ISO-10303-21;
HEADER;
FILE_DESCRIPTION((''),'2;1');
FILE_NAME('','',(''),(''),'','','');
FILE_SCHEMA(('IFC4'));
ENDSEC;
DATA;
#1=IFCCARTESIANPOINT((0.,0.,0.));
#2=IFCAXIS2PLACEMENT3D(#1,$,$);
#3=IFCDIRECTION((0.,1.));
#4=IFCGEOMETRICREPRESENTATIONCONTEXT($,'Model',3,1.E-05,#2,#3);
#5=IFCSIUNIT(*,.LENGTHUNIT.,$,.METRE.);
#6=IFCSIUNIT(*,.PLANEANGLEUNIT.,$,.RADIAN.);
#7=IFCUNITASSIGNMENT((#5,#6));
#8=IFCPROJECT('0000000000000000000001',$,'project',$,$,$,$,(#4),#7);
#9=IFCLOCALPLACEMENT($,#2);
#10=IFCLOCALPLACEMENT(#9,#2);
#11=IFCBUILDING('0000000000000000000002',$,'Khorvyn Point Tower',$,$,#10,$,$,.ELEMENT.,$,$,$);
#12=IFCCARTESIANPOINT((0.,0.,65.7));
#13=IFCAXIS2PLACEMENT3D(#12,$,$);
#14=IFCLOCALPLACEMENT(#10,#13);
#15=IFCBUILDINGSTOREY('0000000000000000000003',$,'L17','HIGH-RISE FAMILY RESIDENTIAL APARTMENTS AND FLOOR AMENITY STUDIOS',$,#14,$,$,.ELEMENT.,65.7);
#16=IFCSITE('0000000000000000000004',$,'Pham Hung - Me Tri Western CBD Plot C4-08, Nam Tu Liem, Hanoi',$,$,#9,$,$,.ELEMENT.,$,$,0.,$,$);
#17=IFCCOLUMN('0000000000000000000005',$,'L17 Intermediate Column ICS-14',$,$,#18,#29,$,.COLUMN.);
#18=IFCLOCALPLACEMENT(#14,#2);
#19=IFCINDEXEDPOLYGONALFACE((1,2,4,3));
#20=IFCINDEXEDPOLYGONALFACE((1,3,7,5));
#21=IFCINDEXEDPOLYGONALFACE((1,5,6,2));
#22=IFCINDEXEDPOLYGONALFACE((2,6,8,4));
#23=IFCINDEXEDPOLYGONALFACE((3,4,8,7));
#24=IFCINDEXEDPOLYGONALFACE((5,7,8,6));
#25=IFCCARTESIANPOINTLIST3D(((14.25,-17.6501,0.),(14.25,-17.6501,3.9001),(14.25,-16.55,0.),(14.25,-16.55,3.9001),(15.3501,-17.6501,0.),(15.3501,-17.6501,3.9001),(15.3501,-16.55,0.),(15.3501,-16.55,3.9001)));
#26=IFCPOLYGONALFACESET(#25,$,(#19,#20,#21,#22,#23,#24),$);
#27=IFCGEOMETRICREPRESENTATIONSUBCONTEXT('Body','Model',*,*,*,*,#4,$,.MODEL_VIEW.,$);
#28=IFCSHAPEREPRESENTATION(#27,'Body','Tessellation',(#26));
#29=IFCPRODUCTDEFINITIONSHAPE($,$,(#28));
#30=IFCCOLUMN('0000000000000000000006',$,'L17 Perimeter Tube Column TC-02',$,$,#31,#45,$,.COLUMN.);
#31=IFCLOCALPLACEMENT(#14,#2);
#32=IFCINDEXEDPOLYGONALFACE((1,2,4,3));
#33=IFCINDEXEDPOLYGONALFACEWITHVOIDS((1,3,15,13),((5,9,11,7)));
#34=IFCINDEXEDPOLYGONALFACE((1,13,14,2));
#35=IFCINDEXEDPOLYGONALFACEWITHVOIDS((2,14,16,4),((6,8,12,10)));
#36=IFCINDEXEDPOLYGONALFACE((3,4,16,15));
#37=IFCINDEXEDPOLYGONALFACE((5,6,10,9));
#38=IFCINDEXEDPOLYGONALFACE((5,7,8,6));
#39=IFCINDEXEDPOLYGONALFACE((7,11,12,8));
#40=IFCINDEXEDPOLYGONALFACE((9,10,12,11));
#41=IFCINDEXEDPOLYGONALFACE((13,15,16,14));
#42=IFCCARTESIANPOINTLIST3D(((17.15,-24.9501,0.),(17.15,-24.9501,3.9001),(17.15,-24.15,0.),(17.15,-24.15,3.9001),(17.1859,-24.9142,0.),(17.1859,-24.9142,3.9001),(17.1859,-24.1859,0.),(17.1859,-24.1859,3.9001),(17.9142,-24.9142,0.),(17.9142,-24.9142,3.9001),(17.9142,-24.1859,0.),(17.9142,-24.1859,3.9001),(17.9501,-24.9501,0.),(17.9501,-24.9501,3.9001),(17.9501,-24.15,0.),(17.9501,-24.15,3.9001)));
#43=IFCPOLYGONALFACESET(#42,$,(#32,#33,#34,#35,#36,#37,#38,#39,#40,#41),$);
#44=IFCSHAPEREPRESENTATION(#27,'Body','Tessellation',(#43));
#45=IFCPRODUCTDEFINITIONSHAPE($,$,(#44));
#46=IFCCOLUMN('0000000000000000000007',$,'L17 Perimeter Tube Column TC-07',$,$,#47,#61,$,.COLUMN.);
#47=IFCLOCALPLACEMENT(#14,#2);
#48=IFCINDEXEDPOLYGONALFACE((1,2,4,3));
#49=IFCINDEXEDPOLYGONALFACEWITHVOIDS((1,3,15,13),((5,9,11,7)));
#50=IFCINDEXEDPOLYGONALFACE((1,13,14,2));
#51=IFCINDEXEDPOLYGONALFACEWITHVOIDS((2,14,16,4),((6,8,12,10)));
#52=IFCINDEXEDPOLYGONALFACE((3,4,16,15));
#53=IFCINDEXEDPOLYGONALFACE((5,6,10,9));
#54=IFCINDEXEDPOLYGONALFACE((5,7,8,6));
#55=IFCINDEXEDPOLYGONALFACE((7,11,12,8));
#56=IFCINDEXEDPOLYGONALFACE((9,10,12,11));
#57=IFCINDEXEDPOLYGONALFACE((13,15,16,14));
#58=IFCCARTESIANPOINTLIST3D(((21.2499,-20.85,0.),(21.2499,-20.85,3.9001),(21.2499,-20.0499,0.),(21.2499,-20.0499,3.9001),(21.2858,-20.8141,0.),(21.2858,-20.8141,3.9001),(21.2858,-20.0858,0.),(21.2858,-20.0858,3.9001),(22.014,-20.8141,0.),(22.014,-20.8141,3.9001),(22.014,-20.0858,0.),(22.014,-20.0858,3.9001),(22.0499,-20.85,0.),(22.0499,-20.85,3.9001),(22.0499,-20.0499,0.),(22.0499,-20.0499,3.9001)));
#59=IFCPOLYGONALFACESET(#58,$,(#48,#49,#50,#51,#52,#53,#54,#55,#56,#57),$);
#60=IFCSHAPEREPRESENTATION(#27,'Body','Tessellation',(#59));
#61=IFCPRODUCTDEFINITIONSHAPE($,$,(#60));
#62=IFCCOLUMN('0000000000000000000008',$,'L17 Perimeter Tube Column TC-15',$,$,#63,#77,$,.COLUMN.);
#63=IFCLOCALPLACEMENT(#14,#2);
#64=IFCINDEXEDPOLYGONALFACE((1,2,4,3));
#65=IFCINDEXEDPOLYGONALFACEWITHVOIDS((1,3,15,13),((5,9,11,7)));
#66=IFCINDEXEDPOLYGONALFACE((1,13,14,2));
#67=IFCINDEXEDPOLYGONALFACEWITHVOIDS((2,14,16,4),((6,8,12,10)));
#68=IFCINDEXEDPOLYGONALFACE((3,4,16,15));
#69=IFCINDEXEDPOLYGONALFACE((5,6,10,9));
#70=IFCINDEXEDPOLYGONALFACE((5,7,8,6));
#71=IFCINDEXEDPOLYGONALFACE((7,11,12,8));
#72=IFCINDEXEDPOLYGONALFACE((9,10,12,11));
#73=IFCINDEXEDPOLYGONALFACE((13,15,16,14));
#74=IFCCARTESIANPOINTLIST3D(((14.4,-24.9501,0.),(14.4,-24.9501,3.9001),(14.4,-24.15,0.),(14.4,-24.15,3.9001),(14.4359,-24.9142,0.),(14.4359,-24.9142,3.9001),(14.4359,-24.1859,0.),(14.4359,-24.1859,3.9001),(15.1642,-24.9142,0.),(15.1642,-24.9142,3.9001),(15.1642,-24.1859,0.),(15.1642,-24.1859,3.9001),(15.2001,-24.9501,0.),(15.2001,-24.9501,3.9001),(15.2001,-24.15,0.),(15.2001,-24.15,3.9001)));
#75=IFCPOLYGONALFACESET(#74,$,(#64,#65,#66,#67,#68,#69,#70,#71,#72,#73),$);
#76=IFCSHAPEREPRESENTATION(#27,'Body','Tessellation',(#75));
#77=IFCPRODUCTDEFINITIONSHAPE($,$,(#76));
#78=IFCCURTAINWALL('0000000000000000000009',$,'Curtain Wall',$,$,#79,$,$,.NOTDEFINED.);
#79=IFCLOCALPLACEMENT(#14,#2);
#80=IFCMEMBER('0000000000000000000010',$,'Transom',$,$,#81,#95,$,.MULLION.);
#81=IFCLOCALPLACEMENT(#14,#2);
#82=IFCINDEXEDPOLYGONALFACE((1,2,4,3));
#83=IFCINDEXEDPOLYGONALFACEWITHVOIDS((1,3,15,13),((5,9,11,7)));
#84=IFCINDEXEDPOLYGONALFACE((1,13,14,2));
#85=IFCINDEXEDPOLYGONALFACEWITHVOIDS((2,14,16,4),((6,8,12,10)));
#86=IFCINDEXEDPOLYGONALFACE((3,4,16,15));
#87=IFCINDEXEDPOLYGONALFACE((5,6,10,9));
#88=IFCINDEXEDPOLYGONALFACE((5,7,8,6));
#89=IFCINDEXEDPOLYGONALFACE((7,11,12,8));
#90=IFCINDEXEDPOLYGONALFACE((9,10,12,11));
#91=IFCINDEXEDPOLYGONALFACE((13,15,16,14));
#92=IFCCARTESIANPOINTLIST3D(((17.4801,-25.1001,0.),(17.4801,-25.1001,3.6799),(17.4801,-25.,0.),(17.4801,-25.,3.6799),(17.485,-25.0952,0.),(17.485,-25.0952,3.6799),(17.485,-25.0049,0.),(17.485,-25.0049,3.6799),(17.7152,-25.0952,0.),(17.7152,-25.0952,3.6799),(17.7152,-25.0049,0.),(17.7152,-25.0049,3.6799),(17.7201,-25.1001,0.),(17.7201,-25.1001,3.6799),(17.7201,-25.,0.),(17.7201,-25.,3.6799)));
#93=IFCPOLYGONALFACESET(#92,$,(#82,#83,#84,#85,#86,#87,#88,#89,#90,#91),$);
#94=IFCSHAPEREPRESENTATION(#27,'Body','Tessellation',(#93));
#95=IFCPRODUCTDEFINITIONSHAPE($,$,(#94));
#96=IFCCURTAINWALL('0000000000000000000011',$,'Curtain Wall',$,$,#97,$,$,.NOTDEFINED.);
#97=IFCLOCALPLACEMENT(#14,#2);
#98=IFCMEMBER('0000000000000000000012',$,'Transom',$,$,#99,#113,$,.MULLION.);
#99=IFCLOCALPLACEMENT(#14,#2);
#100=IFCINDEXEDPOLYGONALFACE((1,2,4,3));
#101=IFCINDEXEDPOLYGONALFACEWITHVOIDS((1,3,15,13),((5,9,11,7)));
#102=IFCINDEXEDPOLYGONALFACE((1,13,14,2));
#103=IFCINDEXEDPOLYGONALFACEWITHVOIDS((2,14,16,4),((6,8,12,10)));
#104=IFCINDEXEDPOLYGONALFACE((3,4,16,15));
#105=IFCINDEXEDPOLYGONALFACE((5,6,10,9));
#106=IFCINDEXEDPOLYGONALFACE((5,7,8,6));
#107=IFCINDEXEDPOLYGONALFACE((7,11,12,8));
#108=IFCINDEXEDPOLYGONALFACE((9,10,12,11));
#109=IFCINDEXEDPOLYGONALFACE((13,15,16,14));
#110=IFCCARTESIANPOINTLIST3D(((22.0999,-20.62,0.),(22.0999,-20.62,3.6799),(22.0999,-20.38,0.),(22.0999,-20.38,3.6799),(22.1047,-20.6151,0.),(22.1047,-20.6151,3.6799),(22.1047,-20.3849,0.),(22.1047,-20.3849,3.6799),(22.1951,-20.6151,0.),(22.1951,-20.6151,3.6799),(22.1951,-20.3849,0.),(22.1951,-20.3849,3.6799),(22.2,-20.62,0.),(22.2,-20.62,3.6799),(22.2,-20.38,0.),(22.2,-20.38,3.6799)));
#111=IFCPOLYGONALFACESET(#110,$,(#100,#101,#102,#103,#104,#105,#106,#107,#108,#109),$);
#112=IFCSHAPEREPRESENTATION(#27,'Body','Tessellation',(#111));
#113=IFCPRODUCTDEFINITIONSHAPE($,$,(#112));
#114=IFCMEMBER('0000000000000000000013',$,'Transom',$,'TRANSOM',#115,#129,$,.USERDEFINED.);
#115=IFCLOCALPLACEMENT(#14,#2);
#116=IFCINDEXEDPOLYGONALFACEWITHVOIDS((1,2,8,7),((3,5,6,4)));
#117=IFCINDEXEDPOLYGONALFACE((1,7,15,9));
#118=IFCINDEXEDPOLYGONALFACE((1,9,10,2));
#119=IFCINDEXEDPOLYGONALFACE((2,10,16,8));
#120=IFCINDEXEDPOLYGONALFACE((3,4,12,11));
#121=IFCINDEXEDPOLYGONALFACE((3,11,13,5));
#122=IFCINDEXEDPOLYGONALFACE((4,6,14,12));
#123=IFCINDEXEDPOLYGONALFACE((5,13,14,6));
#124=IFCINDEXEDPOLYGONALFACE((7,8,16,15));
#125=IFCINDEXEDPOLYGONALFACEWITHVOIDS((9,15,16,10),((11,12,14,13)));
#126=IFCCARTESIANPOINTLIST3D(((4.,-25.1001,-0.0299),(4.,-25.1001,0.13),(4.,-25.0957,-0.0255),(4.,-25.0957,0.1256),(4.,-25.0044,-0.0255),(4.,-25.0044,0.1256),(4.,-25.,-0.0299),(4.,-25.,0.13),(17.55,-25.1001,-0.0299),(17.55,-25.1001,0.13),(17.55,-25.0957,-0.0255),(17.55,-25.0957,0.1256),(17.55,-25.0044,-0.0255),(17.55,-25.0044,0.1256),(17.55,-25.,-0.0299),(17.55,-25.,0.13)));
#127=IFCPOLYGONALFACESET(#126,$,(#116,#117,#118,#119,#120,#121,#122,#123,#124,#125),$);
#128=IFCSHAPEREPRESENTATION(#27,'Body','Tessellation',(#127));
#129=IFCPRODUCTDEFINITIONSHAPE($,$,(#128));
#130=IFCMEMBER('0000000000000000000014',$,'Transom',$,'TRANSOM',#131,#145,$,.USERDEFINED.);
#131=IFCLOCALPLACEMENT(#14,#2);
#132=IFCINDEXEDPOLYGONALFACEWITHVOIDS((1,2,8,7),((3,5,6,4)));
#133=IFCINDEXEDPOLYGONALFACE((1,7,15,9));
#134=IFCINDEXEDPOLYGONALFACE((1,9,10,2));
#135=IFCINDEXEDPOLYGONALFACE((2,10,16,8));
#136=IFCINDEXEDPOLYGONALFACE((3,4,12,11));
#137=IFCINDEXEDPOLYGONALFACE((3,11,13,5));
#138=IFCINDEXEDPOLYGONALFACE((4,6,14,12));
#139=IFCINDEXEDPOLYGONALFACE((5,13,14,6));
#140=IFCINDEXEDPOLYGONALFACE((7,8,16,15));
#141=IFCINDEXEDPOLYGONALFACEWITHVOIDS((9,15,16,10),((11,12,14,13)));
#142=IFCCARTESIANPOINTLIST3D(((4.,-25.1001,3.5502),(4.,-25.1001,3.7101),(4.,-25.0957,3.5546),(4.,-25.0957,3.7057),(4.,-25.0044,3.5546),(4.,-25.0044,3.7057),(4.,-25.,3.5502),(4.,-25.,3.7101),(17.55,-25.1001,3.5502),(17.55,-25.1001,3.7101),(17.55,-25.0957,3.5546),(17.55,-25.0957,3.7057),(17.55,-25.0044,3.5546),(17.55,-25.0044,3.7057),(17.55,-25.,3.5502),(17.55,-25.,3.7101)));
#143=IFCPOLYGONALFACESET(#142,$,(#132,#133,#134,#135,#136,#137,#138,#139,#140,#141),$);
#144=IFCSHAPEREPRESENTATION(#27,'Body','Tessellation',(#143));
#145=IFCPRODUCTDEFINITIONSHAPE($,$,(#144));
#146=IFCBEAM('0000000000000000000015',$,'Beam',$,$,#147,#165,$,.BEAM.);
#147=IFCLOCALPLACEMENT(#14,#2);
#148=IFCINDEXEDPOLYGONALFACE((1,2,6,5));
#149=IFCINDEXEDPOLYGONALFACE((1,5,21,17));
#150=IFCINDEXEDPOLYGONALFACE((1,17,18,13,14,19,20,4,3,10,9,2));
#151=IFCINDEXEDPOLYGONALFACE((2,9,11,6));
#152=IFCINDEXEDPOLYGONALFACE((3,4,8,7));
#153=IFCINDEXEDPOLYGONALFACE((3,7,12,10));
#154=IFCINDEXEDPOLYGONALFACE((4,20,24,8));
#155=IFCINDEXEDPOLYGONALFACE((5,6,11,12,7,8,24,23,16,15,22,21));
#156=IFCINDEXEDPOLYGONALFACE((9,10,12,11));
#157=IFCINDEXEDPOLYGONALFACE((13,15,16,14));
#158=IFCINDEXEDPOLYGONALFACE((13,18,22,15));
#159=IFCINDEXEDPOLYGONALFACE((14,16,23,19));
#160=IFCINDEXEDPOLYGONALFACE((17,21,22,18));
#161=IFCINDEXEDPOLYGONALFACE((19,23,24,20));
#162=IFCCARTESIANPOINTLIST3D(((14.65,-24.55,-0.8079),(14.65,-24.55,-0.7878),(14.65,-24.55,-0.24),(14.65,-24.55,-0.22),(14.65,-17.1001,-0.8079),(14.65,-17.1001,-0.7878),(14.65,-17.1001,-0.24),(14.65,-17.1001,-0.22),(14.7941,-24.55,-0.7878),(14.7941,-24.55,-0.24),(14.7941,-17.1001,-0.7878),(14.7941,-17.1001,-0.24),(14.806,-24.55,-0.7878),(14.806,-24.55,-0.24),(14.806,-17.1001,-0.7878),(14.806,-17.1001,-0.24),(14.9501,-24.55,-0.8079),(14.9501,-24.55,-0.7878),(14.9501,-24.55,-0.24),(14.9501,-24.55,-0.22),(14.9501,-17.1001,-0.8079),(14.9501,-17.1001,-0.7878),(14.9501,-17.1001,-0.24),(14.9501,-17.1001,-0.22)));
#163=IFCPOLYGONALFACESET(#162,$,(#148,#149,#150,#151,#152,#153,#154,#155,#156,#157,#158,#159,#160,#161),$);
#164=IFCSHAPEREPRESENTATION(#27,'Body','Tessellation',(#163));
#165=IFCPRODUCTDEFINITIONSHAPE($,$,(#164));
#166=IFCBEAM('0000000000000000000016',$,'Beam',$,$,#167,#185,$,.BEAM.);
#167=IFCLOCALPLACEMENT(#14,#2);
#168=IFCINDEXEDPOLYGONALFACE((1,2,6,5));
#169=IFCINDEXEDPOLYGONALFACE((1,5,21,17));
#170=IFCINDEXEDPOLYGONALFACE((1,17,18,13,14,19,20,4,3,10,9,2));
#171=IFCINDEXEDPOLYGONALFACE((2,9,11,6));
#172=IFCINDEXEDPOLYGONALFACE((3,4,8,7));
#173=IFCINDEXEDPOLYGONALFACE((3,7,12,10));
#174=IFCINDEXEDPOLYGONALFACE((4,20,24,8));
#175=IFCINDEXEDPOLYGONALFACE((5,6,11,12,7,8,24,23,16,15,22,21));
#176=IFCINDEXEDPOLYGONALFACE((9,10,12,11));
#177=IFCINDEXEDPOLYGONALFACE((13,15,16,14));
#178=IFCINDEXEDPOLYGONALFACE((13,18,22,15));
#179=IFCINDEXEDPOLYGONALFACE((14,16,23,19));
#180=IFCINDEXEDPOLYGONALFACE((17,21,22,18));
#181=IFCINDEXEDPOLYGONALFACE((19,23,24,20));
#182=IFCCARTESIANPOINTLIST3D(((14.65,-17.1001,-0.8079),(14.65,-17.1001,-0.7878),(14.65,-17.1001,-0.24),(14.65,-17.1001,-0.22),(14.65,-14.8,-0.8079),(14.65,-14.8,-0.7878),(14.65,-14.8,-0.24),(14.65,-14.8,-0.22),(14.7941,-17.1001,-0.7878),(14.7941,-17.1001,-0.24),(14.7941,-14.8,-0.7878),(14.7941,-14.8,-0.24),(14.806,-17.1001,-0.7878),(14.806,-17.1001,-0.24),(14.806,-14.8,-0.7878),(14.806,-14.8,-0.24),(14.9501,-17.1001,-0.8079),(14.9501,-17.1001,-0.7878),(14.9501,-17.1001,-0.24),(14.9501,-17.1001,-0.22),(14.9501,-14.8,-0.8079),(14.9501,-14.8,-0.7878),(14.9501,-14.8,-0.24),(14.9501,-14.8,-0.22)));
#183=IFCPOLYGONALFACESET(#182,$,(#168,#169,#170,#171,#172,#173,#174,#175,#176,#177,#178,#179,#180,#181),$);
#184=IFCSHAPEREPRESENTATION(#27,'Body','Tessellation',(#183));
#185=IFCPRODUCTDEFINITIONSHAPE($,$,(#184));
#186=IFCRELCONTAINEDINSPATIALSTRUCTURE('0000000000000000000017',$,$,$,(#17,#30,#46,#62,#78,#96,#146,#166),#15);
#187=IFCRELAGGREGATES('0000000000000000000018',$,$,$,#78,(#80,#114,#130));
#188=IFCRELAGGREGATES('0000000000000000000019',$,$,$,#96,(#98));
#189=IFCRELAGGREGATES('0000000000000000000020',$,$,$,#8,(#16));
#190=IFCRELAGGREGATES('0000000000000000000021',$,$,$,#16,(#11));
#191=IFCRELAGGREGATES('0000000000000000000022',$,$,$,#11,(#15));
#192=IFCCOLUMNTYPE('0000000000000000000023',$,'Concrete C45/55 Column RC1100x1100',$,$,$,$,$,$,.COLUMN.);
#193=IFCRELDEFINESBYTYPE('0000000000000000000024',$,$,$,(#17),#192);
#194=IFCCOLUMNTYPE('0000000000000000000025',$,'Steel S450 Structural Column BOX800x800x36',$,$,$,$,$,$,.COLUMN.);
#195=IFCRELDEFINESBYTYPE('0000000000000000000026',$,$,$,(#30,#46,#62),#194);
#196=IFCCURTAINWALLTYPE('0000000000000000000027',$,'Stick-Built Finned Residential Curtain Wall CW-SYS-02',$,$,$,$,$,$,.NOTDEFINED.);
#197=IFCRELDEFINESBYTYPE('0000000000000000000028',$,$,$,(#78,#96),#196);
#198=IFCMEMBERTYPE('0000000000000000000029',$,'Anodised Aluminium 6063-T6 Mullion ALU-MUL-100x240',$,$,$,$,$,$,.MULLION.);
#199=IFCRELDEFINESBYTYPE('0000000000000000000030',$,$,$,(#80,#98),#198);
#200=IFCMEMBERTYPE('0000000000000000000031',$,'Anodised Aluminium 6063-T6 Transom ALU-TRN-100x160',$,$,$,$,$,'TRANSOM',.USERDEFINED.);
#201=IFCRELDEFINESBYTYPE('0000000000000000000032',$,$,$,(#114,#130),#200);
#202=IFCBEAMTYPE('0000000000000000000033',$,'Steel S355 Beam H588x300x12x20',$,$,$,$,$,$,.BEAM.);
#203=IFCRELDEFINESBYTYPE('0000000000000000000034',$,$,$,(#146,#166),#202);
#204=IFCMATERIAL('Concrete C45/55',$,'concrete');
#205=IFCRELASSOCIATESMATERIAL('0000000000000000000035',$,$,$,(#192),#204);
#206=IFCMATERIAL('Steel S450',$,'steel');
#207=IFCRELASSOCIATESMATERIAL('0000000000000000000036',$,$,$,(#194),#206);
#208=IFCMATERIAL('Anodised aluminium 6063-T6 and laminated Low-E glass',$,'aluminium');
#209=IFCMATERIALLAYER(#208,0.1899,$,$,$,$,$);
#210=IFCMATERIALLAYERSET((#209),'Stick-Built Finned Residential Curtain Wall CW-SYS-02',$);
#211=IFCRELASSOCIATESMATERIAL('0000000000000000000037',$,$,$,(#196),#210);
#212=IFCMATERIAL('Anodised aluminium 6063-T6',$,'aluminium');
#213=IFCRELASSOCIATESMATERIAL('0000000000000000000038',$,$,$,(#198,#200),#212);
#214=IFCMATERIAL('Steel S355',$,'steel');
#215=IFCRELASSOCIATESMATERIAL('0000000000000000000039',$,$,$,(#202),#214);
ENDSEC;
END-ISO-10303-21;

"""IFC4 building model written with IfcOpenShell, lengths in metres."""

from ifc_helpers import new_model, si_unit, direction, frame, origin, origin_2d, place, context, subcontext, project, spatial, rectangle, hollow_rectangle, i_section, extrude, material, layer, layer_set, material_profile, profile_set, type_object, element, aggregate, save


model = new_model("IFC4")

# Units and contexts
model_context = context("Model", 3, precision=1e-05, world=origin(), true_north=direction((0.0, 1.0)))
body_context = subcontext(model_context, "Body", "Model", "MODEL_VIEW")
ifc_project = project(units=[si_unit("LENGTHUNIT", "METRE"), si_unit("PLANEANGLEUNIT", "RADIAN")], contexts=[model_context])

# Site, building, storey
site_placement = place(None, origin())
site = spatial("IfcSite", under=ifc_project, at=site_placement, Name="Pham Hung - Me Tri Western CBD Plot C4-08, Nam Tu Liem, Hanoi", CompositionType="ELEMENT", RefElevation=0.0)
building_placement = place(site_placement, origin())
building = spatial("IfcBuilding", under=site, at=building_placement, Name="Khorvyn Point Tower", CompositionType="ELEMENT")
storey_placement = place(building_placement, frame((0.0, 0.0, 65.7)))
storey = spatial("IfcBuildingStorey", under=building, at=storey_placement, Name="L17", Description="HIGH-RISE FAMILY RESIDENTIAL APARTMENTS AND FLOOR AMENITY STUDIOS", CompositionType="ELEMENT", Elevation=65.7)

# Columns
ifc_material_1 = material(Name="Concrete C45/55", Category="concrete")
ifc_material_profile_1 = material_profile(ifc_material_1, rectangle(XDim=1.1001, YDim=1.1001, at=origin_2d()))
ifc_profile_set_1 = profile_set([ifc_material_profile_1], Name="Concrete C45/55 RC1100x1100")
column_type_1 = type_object("IfcColumnType", Name="Concrete C45/55 Column RC1100x1100", PredefinedType="COLUMN", material=ifc_profile_set_1)
column_placement = place(storey_placement, frame((14.8, -17.1001, 0.0), z_axis=(0.0, 0.0, 1.0), x_axis=(1.0, 0.0, 0.0)))
element("IfcColumn", 1, at=column_placement, inside=storey, type_object=column_type_1, Name="L17 Intermediate Column ICS-14", PredefinedType="COLUMN", context=body_context, shape_type="SweptSolid", body=[
    extrude(rectangle(XDim=1.1001, YDim=1.1001, at=origin_2d()), origin(), (0.0, 0.0, 1.0), 3.9001),
])
ifc_material_2 = material(Name="Steel S450", Category="steel")
ifc_material_profile_2 = material_profile(ifc_material_2, hollow_rectangle(XDim=0.8, YDim=0.8, WallThickness=0.0359, at=origin_2d()))
ifc_profile_set_2 = profile_set([ifc_material_profile_2], Name="Steel S450 BOX800x800x36")
column_type_2 = type_object("IfcColumnType", Name="Steel S450 Structural Column BOX800x800x36", PredefinedType="COLUMN", material=ifc_profile_set_2)
for number, where, z_axis, x_axis, name in (
    (2, (17.55, -24.55, 0.0), (0.0, 0.0, 1.0), (1.0, 0.0, 0.0), "L17 Perimeter Tube Column TC-02"),
    (3, (21.6499, -20.45, 0.0), (0.0, 0.0, 1.0), (1.0, 0.0, 0.0), "L17 Perimeter Tube Column TC-07"),
    (4, (14.8, -24.55, 0.0), (0.0, 0.0, 1.0), (1.0, 0.0, 0.0), "L17 Perimeter Tube Column TC-15"),
):
    element("IfcColumn", number, at=place(storey_placement, frame(where, z_axis=z_axis, x_axis=x_axis)), inside=storey, type_object=column_type_2, Name=name, PredefinedType="COLUMN", context=body_context, shape_type="SweptSolid", body=[
        extrude(hollow_rectangle(XDim=0.8, YDim=0.8, WallThickness=0.0359, at=origin_2d()), origin(), (0.0, 0.0, 1.0), 3.9001),
    ])

# Curtain walls, members
ifc_material_3 = material(Name="Anodised aluminium 6063-T6 and laminated Low-E glass", Category="aluminium")
ifc_layer_1 = layer(ifc_material_3, 0.1899)
ifc_layer_set_1 = layer_set([ifc_layer_1], Name="Stick-Built Finned Residential Curtain Wall CW-SYS-02")
curtain_wall_type = type_object("IfcCurtainWallType", Name="Stick-Built Finned Residential Curtain Wall CW-SYS-02", PredefinedType="NOTDEFINED", material=ifc_layer_set_1)
curtain_wall_1_placement = place(storey_placement, origin())
curtain_wall_1 = element("IfcCurtainWall", 5, at=curtain_wall_1_placement, inside=storey, type_object=curtain_wall_type, Name="Curtain Wall", PredefinedType="NOTDEFINED")
ifc_material_4 = material(Name="Anodised aluminium 6063-T6", Category="aluminium")
ifc_material_profile_3 = material_profile(ifc_material_4, hollow_rectangle(XDim=0.1001, YDim=0.24, WallThickness=0.0049, at=origin_2d()))
ifc_profile_set_3 = profile_set([ifc_material_profile_3], Name="Anodised aluminium 6063-T6 ALU-MUL-100x240")
member_type_1 = type_object("IfcMemberType", Name="Anodised Aluminium 6063-T6 Mullion ALU-MUL-100x240", PredefinedType="MULLION", material=ifc_profile_set_3)
member_1_placement = place(storey_placement, frame((17.6001, -25.05, 0.0), z_axis=(0.0, 0.0, 1.0), x_axis=(0.0, -1.0, 0.0)))
member_1 = element("IfcMember", 6, at=member_1_placement, type_object=member_type_1, Name="Transom", PredefinedType="MULLION", context=body_context, shape_type="SweptSolid", body=[
    extrude(hollow_rectangle(XDim=0.1001, YDim=0.24, WallThickness=0.0049, at=origin_2d()), origin(), (0.0, 0.0, 1.0), 3.6799),
])
curtain_wall_2_placement = place(storey_placement, origin())
curtain_wall_2 = element("IfcCurtainWall", 7, at=curtain_wall_2_placement, inside=storey, type_object=curtain_wall_type, Name="Curtain Wall", PredefinedType="NOTDEFINED")
member_2_placement = place(storey_placement, frame((22.1499, -20.5, 0.0), z_axis=(0.0, 0.0, 1.0), x_axis=(1.0, 0.0, 0.0)))
member_2 = element("IfcMember", 8, at=member_2_placement, type_object=member_type_1, Name="Transom", PredefinedType="MULLION", context=body_context, shape_type="SweptSolid", body=[
    extrude(hollow_rectangle(XDim=0.1001, YDim=0.24, WallThickness=0.0049, at=origin_2d()), origin(), (0.0, 0.0, 1.0), 3.6799),
])

# Members
ifc_material_profile_4 = material_profile(ifc_material_4, hollow_rectangle(XDim=0.1001, YDim=0.1599, WallThickness=0.0044, at=origin_2d()))
ifc_profile_set_4 = profile_set([ifc_material_profile_4], Name="Anodised aluminium 6063-T6 ALU-TRN-100x160")
member_type_2 = type_object("IfcMemberType", Name="Anodised Aluminium 6063-T6 Transom ALU-TRN-100x160", ElementType="TRANSOM", PredefinedType="USERDEFINED", material=ifc_profile_set_4)
member_3_placement = place(storey_placement, frame((17.55, -25.05, 0.05), z_axis=(-1.0, 0.0, 0.0), x_axis=(0.0, -1.0, 0.0)))
member_3 = element("IfcMember", 9, at=member_3_placement, type_object=member_type_2, Name="Transom", ObjectType="TRANSOM", PredefinedType="USERDEFINED", context=body_context, shape_type="SweptSolid", body=[
    extrude(hollow_rectangle(XDim=0.1001, YDim=0.1599, WallThickness=0.0044, at=origin_2d()), origin(), (0.0, 0.0, 1.0), 13.55),
])
member_4_placement = place(storey_placement, frame((17.55, -25.05, 3.6301), z_axis=(-1.0, 0.0, 0.0), x_axis=(0.0, -1.0, 0.0)))
member_4 = element("IfcMember", 10, at=member_4_placement, type_object=member_type_2, Name="Transom", ObjectType="TRANSOM", PredefinedType="USERDEFINED", context=body_context, shape_type="SweptSolid", body=[
    extrude(hollow_rectangle(XDim=0.1001, YDim=0.1599, WallThickness=0.0044, at=origin_2d()), origin(), (0.0, 0.0, 1.0), 13.55),
])

# Beams
ifc_material_5 = material(Name="Steel S355", Category="steel")
ifc_material_profile_5 = material_profile(ifc_material_5, i_section(OverallWidth=0.3, OverallDepth=0.5879, WebThickness=0.012, FlangeThickness=0.02, at=origin_2d()))
ifc_profile_set_5 = profile_set([ifc_material_profile_5], Name="Steel S355 H588x300x12x20")
beam_type_1 = type_object("IfcBeamType", Name="Steel S355 Beam H588x300x12x20", PredefinedType="BEAM", material=ifc_profile_set_5)
beam_1_placement = place(storey_placement, frame((14.8, -24.55, -0.5139), z_axis=(0.0, 1.0, 0.0), x_axis=(-1.0, 0.0, 0.0)))
element("IfcBeam", 11, at=beam_1_placement, inside=storey, type_object=beam_type_1, Name="Beam", PredefinedType="BEAM", context=body_context, shape_type="SweptSolid", body=[
    extrude(i_section(OverallWidth=0.3, OverallDepth=0.5879, WebThickness=0.012, FlangeThickness=0.02, at=origin_2d()), origin(), (0.0, 0.0, 1.0), 7.45),
])
beam_2_placement = place(storey_placement, frame((14.8, -17.1001, -0.5139), z_axis=(0.0, 1.0, 0.0), x_axis=(-1.0, 0.0, 0.0)))
element("IfcBeam", 12, at=beam_2_placement, inside=storey, type_object=beam_type_1, Name="Beam", PredefinedType="BEAM", context=body_context, shape_type="SweptSolid", body=[
    extrude(i_section(OverallWidth=0.3, OverallDepth=0.5879, WebThickness=0.012, FlangeThickness=0.02, at=origin_2d()), origin(), (0.0, 0.0, 1.0), 2.3),
])

aggregate(curtain_wall_1, [member_1, member_3, member_4])
aggregate(curtain_wall_2, [member_2])

save(model, "model.ifc")
